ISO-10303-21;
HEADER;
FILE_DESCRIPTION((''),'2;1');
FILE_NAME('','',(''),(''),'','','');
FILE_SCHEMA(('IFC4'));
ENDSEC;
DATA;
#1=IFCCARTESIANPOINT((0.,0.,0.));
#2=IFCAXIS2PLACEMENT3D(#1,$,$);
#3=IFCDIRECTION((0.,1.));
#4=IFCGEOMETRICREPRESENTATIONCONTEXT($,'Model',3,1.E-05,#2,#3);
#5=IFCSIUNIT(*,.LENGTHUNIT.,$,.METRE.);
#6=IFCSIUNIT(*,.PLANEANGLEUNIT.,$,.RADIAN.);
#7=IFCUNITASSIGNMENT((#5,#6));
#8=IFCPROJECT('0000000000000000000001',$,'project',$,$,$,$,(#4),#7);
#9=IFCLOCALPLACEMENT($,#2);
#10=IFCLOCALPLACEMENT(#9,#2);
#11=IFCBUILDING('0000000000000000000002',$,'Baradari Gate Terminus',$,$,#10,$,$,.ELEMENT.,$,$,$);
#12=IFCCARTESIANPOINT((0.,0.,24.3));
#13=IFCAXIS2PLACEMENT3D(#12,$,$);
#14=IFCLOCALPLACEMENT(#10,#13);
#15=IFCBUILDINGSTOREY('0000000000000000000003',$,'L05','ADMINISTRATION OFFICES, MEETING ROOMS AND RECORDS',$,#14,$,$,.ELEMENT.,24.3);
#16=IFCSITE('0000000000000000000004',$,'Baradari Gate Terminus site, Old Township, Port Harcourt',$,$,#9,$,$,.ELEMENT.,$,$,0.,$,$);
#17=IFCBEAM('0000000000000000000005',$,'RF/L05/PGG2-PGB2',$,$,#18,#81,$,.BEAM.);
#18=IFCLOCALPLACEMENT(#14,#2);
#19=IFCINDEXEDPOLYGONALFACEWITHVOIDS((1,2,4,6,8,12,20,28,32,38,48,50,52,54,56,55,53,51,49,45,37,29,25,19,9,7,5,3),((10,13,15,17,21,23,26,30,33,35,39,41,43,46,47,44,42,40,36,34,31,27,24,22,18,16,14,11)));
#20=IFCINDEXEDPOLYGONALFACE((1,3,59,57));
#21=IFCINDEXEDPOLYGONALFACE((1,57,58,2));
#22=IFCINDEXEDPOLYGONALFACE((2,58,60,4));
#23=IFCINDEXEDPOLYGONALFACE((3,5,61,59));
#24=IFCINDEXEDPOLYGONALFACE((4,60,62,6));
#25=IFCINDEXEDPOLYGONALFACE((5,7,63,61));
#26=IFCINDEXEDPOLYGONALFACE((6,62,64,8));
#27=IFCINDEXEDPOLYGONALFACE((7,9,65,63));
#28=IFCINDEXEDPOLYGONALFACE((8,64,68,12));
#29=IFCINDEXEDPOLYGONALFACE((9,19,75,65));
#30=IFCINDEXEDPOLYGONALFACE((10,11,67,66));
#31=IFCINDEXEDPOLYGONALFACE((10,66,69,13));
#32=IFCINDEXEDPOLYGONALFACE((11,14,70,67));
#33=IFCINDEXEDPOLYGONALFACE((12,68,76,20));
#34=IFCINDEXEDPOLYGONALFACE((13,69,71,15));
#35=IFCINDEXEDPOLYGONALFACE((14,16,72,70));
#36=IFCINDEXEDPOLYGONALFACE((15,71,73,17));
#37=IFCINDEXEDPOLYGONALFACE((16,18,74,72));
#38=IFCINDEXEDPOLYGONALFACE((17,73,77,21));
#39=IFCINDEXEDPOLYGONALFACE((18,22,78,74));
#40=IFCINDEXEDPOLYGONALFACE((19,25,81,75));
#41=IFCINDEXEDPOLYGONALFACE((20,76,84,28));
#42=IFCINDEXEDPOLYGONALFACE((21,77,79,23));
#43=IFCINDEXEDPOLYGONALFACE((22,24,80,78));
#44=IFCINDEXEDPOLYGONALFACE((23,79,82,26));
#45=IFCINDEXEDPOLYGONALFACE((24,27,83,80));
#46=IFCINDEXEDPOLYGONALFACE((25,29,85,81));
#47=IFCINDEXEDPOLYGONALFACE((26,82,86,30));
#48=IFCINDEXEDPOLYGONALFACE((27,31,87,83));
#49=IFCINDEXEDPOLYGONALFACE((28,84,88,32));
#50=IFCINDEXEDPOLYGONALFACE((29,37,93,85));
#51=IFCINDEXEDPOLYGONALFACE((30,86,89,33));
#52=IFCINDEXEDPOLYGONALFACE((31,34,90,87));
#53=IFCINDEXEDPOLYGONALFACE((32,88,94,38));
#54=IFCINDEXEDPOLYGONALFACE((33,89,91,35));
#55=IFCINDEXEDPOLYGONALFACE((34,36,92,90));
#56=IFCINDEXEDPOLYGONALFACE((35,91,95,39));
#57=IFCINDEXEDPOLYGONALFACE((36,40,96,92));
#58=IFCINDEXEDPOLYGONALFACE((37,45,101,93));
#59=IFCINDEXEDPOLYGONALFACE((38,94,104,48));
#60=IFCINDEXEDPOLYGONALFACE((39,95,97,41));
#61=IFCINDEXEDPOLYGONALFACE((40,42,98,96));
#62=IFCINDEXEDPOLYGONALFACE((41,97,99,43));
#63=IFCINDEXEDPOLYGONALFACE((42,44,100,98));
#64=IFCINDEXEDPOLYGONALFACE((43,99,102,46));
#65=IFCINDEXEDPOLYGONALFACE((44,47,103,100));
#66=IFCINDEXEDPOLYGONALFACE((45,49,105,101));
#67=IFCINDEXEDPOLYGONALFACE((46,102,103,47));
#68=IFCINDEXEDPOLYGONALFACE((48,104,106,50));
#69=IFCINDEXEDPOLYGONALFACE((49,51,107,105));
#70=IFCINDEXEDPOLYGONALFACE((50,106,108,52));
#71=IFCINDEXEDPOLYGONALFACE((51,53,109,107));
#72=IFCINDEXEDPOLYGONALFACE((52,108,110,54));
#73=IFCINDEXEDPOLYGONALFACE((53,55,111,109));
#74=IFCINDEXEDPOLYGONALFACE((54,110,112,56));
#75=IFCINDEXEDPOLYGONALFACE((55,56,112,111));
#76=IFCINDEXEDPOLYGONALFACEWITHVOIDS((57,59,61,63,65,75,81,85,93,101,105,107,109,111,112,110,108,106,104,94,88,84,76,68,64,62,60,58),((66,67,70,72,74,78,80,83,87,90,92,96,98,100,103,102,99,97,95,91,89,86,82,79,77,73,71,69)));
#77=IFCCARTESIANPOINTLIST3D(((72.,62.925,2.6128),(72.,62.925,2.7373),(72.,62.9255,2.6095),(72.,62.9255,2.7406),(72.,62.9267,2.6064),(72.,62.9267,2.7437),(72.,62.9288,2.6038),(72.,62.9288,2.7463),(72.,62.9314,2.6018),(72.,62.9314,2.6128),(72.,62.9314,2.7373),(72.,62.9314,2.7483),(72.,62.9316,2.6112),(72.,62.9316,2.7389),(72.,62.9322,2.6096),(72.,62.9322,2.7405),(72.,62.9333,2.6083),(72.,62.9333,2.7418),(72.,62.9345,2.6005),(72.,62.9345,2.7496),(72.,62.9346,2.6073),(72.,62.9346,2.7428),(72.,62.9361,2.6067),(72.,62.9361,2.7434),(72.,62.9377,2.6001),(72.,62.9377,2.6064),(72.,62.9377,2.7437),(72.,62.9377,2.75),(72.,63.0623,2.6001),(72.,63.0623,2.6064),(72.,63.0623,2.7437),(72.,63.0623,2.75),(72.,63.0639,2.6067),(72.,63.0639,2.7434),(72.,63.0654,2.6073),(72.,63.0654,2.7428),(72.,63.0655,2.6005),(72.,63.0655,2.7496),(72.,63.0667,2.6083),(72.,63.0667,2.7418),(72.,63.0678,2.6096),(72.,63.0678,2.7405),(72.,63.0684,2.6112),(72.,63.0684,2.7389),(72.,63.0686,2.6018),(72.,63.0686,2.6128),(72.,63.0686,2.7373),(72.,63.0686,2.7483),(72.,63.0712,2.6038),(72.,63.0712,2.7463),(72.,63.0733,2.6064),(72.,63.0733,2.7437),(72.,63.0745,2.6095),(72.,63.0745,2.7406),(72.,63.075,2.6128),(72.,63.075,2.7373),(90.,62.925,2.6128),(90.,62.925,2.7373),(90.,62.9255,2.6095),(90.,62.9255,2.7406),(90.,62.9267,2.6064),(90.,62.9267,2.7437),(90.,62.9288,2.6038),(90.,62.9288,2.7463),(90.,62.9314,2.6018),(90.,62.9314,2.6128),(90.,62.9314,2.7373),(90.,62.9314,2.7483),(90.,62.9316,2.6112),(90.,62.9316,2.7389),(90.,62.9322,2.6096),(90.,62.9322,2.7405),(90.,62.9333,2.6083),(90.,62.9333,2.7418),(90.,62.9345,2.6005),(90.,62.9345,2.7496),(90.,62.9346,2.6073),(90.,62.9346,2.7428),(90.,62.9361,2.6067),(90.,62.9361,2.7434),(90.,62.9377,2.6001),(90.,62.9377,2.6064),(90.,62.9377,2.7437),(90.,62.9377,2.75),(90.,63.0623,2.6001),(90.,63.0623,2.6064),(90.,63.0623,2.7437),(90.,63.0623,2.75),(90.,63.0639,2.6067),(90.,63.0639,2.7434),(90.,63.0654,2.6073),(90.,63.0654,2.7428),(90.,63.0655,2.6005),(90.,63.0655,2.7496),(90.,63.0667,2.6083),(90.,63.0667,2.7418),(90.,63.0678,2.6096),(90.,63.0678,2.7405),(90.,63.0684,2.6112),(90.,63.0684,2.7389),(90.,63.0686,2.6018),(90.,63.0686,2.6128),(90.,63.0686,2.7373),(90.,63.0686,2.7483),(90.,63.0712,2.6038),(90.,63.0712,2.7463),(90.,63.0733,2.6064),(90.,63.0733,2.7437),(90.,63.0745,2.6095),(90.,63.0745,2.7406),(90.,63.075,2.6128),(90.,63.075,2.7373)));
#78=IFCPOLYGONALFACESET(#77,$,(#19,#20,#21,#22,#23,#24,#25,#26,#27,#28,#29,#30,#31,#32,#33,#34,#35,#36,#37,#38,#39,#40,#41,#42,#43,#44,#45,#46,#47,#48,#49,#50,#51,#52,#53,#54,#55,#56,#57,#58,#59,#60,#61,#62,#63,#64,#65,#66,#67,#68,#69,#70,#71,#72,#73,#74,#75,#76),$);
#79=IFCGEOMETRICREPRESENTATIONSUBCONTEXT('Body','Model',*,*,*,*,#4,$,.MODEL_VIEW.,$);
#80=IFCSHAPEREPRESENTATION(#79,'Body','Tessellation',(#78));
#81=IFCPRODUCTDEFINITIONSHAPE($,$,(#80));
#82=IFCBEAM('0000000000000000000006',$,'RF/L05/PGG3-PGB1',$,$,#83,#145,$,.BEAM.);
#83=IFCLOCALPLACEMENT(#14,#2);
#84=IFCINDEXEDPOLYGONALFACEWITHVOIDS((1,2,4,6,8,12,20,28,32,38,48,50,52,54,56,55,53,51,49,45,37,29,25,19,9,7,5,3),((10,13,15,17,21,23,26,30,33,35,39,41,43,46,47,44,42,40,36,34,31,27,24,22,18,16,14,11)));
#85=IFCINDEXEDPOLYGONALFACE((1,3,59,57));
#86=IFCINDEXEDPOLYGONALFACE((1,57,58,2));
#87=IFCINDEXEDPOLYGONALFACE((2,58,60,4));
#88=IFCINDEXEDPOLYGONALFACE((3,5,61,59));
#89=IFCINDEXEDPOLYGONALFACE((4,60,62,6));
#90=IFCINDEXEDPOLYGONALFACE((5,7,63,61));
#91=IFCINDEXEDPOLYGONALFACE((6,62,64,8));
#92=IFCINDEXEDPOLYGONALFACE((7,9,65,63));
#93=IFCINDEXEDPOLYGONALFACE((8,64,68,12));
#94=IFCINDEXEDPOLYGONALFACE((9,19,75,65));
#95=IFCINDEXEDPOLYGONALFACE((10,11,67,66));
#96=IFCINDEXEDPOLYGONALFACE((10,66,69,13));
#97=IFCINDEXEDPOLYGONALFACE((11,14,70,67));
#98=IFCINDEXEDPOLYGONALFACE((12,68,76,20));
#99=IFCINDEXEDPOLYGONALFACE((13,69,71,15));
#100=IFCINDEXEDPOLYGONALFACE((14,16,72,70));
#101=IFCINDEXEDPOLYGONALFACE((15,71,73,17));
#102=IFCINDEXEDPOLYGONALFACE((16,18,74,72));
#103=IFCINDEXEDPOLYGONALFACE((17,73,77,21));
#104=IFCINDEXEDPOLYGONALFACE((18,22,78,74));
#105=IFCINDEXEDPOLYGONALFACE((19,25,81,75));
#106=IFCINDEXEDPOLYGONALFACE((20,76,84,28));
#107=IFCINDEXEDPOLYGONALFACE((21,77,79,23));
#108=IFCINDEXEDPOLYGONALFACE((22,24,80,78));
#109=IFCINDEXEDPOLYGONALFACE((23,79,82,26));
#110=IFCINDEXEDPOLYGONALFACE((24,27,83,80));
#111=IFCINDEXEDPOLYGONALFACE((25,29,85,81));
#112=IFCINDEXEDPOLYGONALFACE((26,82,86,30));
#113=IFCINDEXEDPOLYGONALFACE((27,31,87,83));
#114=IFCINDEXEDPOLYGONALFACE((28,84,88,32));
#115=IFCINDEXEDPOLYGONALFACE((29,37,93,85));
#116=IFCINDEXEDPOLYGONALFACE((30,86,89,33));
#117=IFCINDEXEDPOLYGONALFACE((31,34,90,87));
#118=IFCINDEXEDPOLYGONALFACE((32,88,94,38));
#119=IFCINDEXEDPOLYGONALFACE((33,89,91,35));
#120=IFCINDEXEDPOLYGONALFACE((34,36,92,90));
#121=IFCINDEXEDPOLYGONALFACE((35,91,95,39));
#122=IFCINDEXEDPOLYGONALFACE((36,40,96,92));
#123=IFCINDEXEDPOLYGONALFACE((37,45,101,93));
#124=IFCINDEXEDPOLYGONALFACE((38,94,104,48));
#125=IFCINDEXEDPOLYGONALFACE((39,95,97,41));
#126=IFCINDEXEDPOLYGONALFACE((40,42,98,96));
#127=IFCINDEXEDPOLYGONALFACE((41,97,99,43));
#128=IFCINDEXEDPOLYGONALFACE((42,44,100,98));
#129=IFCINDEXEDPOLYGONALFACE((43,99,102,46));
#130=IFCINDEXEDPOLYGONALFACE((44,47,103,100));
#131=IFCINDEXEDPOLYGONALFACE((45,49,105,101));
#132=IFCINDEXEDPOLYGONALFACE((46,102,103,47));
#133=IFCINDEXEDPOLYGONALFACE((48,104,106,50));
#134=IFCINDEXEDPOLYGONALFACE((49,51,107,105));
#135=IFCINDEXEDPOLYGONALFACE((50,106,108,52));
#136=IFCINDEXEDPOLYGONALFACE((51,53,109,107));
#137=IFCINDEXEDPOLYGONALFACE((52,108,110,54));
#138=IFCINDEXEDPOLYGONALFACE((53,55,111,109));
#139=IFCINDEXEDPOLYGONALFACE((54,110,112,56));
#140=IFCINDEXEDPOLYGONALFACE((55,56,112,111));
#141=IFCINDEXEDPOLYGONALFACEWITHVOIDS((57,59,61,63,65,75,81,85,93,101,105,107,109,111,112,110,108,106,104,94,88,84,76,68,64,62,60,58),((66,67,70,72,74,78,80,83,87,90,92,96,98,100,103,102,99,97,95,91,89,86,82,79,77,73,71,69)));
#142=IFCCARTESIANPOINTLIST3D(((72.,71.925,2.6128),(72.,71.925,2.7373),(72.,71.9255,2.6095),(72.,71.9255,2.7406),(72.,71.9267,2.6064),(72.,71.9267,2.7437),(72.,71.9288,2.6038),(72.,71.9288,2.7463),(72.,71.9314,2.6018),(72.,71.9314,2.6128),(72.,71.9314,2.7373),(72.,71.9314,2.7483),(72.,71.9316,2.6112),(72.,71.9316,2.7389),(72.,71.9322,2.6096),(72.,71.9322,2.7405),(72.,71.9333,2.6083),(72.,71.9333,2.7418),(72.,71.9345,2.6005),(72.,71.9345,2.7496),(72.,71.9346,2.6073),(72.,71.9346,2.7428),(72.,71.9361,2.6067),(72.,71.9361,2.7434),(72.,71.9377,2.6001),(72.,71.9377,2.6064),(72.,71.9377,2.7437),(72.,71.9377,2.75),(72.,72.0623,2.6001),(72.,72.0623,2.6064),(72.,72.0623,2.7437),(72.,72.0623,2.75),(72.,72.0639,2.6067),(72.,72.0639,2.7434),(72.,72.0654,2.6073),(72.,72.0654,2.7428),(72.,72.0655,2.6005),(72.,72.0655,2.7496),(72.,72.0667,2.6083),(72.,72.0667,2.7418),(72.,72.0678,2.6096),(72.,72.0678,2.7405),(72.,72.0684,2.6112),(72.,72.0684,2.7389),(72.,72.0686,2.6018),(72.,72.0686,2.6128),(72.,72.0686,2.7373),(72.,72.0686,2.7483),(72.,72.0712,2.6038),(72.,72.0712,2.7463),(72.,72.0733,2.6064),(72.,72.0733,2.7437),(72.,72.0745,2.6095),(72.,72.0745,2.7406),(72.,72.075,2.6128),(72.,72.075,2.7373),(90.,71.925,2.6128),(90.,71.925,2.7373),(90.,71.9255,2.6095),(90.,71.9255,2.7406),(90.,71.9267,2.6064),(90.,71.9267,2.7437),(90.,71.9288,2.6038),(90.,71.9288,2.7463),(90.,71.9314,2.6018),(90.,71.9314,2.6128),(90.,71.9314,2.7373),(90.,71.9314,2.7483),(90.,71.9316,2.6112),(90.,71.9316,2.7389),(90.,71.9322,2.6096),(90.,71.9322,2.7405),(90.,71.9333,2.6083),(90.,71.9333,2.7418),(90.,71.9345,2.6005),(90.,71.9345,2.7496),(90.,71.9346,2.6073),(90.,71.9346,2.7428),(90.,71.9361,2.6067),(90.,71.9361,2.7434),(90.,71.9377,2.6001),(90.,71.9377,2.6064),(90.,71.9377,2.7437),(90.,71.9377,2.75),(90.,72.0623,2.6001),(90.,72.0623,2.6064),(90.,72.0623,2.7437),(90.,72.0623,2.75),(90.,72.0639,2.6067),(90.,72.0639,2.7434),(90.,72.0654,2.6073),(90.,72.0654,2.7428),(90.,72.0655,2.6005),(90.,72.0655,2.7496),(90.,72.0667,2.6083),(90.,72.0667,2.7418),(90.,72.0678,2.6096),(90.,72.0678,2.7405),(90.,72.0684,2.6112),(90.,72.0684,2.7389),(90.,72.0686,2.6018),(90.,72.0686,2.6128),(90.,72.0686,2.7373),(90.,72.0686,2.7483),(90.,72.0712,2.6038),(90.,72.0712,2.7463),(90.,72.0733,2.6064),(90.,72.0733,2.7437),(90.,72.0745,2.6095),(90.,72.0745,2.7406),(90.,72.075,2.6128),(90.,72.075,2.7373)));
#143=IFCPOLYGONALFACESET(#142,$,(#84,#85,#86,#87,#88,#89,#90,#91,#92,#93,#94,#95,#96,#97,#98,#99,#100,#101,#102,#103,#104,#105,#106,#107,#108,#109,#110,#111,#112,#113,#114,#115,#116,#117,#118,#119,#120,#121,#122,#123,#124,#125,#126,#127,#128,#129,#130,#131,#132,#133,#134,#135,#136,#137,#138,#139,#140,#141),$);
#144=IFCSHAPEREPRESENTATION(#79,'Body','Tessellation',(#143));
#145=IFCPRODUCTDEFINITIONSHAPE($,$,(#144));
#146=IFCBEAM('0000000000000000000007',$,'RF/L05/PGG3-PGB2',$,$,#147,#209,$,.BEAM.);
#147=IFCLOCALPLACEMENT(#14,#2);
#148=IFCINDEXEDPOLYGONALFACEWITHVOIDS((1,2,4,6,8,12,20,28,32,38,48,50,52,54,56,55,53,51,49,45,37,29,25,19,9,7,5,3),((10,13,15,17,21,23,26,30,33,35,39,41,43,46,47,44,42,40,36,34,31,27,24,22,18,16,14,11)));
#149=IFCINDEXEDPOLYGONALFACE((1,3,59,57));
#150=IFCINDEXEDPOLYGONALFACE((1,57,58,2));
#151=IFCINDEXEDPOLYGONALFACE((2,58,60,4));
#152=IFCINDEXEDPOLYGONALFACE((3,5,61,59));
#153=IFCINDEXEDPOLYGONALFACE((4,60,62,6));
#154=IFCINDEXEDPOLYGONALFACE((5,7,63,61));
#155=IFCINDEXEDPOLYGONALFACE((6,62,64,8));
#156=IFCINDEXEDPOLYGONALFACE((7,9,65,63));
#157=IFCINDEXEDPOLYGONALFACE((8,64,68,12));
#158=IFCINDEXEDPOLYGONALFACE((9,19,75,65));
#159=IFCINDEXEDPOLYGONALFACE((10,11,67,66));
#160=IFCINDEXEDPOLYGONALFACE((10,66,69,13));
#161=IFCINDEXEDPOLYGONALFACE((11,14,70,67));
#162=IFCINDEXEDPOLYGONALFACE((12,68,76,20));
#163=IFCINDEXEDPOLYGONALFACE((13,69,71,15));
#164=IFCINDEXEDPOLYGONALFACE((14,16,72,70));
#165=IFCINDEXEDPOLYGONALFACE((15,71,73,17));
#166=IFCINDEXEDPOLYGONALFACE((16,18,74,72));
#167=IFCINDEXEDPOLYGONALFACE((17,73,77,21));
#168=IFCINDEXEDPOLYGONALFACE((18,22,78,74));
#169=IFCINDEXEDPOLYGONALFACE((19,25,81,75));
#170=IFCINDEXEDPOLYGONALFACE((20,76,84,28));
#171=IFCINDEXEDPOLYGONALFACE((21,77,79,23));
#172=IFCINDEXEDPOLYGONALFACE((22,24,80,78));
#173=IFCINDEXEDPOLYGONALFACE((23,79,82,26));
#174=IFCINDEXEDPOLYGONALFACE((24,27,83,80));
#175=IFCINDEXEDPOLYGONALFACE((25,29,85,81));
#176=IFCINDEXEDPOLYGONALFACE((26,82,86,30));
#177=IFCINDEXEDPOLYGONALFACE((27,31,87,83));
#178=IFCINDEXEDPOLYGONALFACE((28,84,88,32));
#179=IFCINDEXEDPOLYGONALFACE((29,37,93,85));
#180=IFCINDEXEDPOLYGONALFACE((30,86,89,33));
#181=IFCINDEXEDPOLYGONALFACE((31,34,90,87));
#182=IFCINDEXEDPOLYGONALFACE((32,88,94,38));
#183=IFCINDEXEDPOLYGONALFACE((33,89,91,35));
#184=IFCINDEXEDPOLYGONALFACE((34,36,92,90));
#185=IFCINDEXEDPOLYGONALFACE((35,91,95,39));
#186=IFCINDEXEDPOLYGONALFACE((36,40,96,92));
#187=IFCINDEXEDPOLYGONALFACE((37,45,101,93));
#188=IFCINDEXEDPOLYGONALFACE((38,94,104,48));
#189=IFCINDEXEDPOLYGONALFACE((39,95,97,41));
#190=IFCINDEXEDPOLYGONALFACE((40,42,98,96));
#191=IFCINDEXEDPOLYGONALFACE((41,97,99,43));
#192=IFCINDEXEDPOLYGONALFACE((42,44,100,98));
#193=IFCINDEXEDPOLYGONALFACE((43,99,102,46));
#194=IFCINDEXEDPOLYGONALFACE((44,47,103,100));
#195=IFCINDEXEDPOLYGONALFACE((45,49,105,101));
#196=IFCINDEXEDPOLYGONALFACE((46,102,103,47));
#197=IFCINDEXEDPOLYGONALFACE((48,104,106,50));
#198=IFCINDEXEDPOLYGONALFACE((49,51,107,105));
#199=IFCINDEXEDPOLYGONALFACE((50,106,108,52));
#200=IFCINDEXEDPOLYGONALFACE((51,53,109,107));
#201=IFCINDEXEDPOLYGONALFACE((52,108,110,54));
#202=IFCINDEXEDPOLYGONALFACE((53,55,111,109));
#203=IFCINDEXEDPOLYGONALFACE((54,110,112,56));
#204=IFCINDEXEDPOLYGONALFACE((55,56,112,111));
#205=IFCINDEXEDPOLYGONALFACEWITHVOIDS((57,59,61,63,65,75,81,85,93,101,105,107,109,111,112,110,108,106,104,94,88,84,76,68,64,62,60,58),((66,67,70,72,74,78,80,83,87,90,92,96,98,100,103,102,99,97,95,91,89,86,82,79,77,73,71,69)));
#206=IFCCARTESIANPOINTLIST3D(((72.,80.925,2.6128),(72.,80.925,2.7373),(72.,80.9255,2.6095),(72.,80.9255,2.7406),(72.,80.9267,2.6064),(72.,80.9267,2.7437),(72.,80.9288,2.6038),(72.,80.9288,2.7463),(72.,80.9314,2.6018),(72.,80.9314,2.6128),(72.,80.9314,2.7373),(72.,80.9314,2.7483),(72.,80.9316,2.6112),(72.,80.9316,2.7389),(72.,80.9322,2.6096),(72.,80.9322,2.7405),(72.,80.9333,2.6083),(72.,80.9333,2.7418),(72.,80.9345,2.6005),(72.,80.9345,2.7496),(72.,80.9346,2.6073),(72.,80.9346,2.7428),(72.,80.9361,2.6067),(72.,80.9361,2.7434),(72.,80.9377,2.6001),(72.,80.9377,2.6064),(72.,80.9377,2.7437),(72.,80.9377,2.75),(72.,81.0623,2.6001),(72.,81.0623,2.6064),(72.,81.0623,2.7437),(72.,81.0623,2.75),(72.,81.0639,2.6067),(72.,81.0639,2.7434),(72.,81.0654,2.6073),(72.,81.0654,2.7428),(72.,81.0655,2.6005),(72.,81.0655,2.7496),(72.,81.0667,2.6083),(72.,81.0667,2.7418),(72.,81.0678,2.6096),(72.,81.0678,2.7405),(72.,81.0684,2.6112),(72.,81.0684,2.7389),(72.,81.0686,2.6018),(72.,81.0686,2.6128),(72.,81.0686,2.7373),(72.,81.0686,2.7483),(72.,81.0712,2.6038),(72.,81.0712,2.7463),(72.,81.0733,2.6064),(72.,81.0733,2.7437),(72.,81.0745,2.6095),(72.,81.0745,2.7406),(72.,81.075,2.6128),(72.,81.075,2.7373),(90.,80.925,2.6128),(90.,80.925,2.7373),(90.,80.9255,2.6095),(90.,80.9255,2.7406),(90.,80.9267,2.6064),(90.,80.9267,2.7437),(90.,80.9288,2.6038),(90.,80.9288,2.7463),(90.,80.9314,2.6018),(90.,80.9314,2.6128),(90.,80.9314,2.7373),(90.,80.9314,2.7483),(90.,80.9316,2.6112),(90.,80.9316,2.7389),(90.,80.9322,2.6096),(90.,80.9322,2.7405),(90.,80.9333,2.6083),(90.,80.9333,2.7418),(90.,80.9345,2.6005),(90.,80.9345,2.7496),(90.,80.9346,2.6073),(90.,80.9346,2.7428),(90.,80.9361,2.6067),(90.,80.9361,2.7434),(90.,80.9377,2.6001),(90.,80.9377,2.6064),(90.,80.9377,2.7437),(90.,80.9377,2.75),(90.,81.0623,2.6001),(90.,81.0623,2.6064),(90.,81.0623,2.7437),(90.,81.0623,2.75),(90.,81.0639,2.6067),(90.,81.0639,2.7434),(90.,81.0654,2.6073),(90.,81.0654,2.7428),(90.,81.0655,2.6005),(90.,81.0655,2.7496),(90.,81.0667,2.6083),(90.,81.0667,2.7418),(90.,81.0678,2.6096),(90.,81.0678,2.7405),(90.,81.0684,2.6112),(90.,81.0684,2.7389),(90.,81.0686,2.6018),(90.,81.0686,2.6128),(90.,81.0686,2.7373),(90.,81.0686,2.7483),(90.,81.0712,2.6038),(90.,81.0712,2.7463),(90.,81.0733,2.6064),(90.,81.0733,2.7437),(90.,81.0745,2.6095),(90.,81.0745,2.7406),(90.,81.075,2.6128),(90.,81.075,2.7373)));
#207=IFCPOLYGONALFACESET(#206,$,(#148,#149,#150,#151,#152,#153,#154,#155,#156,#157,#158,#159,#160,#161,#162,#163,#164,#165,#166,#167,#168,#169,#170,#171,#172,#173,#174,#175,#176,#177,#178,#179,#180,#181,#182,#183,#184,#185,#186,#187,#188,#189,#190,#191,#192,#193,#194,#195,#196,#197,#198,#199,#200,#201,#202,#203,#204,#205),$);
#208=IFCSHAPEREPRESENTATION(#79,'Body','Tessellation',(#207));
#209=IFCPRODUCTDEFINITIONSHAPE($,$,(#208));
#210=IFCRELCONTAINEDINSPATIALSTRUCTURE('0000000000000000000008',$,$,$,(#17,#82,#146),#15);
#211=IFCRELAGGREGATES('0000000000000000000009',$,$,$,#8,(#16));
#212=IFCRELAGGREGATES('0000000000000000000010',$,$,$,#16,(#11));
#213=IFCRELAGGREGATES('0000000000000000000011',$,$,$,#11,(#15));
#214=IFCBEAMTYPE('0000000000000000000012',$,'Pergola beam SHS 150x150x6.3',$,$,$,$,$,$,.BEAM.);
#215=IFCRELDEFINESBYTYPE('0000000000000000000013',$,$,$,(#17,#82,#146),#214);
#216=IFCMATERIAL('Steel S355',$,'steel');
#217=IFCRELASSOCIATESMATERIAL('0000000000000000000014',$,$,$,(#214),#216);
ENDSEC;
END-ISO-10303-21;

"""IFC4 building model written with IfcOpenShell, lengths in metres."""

from ifc_helpers import new_model, si_unit, direction, frame, origin, origin_2d, place, context, subcontext, project, spatial, hollow_rectangle, extrude, material, material_profile, profile_set, type_object, element, save


model = new_model("IFC4")

# Units and contexts
model_context = context("Model", 3, precision=1e-05, world=origin(), true_north=direction((0.0, 1.0)))
body_context = subcontext(model_context, "Body", "Model", "MODEL_VIEW")
ifc_project = project(units=[si_unit("LENGTHUNIT", "METRE"), si_unit("PLANEANGLEUNIT", "RADIAN")], contexts=[model_context])

# Site, building, storey
site_placement = place(None, origin())
site = spatial("IfcSite", under=ifc_project, at=site_placement, Name="Baradari Gate Terminus site, Old Township, Port Harcourt", CompositionType="ELEMENT", RefElevation=0.0)
building_placement = place(site_placement, origin())
building = spatial("IfcBuilding", under=site, at=building_placement, Name="Baradari Gate Terminus", CompositionType="ELEMENT")
storey_placement = place(building_placement, frame((0.0, 0.0, 24.3)))
storey = spatial("IfcBuildingStorey", under=building, at=storey_placement, Name="L05", Description="ADMINISTRATION OFFICES, MEETING ROOMS AND RECORDS", CompositionType="ELEMENT", Elevation=24.3)

# Beams
ifc_material_1 = material(Name="Steel S355", Category="steel")
ifc_material_profile_1 = material_profile(ifc_material_1, hollow_rectangle(XDim=0.1499, YDim=0.1499, WallThickness=0.0063, InnerFilletRadius=0.0063, OuterFilletRadius=0.0127, at=origin_2d()), Name="SHS 150x150x6.3")
ifc_profile_set_1 = profile_set([ifc_material_profile_1], Name="Steel S355")
beam_type = type_object("IfcBeamType", Name="Pergola beam SHS 150x150x6.3", PredefinedType="BEAM", material=ifc_profile_set_1)
for number, where, z_axis, x_axis, name in (
    (1, (72.0, 63.0, 2.675), (1.0, 0.0, 0.0), (0.0, 1.0, 0.0), "RF/L05/PGG2-PGB2"),
    (2, (72.0, 72.0, 2.675), (1.0, 0.0, 0.0), (0.0, 1.0, 0.0), "RF/L05/PGG3-PGB1"),
    (3, (72.0, 81.0, 2.675), (1.0, 0.0, 0.0), (0.0, 1.0, 0.0), "RF/L05/PGG3-PGB2"),
):
    element("IfcBeam", number, at=place(storey_placement, frame(where, z_axis=z_axis, x_axis=x_axis)), inside=storey, type_object=beam_type, Name=name, PredefinedType="BEAM", context=body_context, shape_type="SweptSolid", body=[
        extrude(hollow_rectangle(XDim=0.1499, YDim=0.1499, WallThickness=0.0063, InnerFilletRadius=0.0063, OuterFilletRadius=0.0127, at=origin_2d()), origin(), (0.0, 0.0, 1.0), 18.0),
    ])

save(model, "model.ifc")
